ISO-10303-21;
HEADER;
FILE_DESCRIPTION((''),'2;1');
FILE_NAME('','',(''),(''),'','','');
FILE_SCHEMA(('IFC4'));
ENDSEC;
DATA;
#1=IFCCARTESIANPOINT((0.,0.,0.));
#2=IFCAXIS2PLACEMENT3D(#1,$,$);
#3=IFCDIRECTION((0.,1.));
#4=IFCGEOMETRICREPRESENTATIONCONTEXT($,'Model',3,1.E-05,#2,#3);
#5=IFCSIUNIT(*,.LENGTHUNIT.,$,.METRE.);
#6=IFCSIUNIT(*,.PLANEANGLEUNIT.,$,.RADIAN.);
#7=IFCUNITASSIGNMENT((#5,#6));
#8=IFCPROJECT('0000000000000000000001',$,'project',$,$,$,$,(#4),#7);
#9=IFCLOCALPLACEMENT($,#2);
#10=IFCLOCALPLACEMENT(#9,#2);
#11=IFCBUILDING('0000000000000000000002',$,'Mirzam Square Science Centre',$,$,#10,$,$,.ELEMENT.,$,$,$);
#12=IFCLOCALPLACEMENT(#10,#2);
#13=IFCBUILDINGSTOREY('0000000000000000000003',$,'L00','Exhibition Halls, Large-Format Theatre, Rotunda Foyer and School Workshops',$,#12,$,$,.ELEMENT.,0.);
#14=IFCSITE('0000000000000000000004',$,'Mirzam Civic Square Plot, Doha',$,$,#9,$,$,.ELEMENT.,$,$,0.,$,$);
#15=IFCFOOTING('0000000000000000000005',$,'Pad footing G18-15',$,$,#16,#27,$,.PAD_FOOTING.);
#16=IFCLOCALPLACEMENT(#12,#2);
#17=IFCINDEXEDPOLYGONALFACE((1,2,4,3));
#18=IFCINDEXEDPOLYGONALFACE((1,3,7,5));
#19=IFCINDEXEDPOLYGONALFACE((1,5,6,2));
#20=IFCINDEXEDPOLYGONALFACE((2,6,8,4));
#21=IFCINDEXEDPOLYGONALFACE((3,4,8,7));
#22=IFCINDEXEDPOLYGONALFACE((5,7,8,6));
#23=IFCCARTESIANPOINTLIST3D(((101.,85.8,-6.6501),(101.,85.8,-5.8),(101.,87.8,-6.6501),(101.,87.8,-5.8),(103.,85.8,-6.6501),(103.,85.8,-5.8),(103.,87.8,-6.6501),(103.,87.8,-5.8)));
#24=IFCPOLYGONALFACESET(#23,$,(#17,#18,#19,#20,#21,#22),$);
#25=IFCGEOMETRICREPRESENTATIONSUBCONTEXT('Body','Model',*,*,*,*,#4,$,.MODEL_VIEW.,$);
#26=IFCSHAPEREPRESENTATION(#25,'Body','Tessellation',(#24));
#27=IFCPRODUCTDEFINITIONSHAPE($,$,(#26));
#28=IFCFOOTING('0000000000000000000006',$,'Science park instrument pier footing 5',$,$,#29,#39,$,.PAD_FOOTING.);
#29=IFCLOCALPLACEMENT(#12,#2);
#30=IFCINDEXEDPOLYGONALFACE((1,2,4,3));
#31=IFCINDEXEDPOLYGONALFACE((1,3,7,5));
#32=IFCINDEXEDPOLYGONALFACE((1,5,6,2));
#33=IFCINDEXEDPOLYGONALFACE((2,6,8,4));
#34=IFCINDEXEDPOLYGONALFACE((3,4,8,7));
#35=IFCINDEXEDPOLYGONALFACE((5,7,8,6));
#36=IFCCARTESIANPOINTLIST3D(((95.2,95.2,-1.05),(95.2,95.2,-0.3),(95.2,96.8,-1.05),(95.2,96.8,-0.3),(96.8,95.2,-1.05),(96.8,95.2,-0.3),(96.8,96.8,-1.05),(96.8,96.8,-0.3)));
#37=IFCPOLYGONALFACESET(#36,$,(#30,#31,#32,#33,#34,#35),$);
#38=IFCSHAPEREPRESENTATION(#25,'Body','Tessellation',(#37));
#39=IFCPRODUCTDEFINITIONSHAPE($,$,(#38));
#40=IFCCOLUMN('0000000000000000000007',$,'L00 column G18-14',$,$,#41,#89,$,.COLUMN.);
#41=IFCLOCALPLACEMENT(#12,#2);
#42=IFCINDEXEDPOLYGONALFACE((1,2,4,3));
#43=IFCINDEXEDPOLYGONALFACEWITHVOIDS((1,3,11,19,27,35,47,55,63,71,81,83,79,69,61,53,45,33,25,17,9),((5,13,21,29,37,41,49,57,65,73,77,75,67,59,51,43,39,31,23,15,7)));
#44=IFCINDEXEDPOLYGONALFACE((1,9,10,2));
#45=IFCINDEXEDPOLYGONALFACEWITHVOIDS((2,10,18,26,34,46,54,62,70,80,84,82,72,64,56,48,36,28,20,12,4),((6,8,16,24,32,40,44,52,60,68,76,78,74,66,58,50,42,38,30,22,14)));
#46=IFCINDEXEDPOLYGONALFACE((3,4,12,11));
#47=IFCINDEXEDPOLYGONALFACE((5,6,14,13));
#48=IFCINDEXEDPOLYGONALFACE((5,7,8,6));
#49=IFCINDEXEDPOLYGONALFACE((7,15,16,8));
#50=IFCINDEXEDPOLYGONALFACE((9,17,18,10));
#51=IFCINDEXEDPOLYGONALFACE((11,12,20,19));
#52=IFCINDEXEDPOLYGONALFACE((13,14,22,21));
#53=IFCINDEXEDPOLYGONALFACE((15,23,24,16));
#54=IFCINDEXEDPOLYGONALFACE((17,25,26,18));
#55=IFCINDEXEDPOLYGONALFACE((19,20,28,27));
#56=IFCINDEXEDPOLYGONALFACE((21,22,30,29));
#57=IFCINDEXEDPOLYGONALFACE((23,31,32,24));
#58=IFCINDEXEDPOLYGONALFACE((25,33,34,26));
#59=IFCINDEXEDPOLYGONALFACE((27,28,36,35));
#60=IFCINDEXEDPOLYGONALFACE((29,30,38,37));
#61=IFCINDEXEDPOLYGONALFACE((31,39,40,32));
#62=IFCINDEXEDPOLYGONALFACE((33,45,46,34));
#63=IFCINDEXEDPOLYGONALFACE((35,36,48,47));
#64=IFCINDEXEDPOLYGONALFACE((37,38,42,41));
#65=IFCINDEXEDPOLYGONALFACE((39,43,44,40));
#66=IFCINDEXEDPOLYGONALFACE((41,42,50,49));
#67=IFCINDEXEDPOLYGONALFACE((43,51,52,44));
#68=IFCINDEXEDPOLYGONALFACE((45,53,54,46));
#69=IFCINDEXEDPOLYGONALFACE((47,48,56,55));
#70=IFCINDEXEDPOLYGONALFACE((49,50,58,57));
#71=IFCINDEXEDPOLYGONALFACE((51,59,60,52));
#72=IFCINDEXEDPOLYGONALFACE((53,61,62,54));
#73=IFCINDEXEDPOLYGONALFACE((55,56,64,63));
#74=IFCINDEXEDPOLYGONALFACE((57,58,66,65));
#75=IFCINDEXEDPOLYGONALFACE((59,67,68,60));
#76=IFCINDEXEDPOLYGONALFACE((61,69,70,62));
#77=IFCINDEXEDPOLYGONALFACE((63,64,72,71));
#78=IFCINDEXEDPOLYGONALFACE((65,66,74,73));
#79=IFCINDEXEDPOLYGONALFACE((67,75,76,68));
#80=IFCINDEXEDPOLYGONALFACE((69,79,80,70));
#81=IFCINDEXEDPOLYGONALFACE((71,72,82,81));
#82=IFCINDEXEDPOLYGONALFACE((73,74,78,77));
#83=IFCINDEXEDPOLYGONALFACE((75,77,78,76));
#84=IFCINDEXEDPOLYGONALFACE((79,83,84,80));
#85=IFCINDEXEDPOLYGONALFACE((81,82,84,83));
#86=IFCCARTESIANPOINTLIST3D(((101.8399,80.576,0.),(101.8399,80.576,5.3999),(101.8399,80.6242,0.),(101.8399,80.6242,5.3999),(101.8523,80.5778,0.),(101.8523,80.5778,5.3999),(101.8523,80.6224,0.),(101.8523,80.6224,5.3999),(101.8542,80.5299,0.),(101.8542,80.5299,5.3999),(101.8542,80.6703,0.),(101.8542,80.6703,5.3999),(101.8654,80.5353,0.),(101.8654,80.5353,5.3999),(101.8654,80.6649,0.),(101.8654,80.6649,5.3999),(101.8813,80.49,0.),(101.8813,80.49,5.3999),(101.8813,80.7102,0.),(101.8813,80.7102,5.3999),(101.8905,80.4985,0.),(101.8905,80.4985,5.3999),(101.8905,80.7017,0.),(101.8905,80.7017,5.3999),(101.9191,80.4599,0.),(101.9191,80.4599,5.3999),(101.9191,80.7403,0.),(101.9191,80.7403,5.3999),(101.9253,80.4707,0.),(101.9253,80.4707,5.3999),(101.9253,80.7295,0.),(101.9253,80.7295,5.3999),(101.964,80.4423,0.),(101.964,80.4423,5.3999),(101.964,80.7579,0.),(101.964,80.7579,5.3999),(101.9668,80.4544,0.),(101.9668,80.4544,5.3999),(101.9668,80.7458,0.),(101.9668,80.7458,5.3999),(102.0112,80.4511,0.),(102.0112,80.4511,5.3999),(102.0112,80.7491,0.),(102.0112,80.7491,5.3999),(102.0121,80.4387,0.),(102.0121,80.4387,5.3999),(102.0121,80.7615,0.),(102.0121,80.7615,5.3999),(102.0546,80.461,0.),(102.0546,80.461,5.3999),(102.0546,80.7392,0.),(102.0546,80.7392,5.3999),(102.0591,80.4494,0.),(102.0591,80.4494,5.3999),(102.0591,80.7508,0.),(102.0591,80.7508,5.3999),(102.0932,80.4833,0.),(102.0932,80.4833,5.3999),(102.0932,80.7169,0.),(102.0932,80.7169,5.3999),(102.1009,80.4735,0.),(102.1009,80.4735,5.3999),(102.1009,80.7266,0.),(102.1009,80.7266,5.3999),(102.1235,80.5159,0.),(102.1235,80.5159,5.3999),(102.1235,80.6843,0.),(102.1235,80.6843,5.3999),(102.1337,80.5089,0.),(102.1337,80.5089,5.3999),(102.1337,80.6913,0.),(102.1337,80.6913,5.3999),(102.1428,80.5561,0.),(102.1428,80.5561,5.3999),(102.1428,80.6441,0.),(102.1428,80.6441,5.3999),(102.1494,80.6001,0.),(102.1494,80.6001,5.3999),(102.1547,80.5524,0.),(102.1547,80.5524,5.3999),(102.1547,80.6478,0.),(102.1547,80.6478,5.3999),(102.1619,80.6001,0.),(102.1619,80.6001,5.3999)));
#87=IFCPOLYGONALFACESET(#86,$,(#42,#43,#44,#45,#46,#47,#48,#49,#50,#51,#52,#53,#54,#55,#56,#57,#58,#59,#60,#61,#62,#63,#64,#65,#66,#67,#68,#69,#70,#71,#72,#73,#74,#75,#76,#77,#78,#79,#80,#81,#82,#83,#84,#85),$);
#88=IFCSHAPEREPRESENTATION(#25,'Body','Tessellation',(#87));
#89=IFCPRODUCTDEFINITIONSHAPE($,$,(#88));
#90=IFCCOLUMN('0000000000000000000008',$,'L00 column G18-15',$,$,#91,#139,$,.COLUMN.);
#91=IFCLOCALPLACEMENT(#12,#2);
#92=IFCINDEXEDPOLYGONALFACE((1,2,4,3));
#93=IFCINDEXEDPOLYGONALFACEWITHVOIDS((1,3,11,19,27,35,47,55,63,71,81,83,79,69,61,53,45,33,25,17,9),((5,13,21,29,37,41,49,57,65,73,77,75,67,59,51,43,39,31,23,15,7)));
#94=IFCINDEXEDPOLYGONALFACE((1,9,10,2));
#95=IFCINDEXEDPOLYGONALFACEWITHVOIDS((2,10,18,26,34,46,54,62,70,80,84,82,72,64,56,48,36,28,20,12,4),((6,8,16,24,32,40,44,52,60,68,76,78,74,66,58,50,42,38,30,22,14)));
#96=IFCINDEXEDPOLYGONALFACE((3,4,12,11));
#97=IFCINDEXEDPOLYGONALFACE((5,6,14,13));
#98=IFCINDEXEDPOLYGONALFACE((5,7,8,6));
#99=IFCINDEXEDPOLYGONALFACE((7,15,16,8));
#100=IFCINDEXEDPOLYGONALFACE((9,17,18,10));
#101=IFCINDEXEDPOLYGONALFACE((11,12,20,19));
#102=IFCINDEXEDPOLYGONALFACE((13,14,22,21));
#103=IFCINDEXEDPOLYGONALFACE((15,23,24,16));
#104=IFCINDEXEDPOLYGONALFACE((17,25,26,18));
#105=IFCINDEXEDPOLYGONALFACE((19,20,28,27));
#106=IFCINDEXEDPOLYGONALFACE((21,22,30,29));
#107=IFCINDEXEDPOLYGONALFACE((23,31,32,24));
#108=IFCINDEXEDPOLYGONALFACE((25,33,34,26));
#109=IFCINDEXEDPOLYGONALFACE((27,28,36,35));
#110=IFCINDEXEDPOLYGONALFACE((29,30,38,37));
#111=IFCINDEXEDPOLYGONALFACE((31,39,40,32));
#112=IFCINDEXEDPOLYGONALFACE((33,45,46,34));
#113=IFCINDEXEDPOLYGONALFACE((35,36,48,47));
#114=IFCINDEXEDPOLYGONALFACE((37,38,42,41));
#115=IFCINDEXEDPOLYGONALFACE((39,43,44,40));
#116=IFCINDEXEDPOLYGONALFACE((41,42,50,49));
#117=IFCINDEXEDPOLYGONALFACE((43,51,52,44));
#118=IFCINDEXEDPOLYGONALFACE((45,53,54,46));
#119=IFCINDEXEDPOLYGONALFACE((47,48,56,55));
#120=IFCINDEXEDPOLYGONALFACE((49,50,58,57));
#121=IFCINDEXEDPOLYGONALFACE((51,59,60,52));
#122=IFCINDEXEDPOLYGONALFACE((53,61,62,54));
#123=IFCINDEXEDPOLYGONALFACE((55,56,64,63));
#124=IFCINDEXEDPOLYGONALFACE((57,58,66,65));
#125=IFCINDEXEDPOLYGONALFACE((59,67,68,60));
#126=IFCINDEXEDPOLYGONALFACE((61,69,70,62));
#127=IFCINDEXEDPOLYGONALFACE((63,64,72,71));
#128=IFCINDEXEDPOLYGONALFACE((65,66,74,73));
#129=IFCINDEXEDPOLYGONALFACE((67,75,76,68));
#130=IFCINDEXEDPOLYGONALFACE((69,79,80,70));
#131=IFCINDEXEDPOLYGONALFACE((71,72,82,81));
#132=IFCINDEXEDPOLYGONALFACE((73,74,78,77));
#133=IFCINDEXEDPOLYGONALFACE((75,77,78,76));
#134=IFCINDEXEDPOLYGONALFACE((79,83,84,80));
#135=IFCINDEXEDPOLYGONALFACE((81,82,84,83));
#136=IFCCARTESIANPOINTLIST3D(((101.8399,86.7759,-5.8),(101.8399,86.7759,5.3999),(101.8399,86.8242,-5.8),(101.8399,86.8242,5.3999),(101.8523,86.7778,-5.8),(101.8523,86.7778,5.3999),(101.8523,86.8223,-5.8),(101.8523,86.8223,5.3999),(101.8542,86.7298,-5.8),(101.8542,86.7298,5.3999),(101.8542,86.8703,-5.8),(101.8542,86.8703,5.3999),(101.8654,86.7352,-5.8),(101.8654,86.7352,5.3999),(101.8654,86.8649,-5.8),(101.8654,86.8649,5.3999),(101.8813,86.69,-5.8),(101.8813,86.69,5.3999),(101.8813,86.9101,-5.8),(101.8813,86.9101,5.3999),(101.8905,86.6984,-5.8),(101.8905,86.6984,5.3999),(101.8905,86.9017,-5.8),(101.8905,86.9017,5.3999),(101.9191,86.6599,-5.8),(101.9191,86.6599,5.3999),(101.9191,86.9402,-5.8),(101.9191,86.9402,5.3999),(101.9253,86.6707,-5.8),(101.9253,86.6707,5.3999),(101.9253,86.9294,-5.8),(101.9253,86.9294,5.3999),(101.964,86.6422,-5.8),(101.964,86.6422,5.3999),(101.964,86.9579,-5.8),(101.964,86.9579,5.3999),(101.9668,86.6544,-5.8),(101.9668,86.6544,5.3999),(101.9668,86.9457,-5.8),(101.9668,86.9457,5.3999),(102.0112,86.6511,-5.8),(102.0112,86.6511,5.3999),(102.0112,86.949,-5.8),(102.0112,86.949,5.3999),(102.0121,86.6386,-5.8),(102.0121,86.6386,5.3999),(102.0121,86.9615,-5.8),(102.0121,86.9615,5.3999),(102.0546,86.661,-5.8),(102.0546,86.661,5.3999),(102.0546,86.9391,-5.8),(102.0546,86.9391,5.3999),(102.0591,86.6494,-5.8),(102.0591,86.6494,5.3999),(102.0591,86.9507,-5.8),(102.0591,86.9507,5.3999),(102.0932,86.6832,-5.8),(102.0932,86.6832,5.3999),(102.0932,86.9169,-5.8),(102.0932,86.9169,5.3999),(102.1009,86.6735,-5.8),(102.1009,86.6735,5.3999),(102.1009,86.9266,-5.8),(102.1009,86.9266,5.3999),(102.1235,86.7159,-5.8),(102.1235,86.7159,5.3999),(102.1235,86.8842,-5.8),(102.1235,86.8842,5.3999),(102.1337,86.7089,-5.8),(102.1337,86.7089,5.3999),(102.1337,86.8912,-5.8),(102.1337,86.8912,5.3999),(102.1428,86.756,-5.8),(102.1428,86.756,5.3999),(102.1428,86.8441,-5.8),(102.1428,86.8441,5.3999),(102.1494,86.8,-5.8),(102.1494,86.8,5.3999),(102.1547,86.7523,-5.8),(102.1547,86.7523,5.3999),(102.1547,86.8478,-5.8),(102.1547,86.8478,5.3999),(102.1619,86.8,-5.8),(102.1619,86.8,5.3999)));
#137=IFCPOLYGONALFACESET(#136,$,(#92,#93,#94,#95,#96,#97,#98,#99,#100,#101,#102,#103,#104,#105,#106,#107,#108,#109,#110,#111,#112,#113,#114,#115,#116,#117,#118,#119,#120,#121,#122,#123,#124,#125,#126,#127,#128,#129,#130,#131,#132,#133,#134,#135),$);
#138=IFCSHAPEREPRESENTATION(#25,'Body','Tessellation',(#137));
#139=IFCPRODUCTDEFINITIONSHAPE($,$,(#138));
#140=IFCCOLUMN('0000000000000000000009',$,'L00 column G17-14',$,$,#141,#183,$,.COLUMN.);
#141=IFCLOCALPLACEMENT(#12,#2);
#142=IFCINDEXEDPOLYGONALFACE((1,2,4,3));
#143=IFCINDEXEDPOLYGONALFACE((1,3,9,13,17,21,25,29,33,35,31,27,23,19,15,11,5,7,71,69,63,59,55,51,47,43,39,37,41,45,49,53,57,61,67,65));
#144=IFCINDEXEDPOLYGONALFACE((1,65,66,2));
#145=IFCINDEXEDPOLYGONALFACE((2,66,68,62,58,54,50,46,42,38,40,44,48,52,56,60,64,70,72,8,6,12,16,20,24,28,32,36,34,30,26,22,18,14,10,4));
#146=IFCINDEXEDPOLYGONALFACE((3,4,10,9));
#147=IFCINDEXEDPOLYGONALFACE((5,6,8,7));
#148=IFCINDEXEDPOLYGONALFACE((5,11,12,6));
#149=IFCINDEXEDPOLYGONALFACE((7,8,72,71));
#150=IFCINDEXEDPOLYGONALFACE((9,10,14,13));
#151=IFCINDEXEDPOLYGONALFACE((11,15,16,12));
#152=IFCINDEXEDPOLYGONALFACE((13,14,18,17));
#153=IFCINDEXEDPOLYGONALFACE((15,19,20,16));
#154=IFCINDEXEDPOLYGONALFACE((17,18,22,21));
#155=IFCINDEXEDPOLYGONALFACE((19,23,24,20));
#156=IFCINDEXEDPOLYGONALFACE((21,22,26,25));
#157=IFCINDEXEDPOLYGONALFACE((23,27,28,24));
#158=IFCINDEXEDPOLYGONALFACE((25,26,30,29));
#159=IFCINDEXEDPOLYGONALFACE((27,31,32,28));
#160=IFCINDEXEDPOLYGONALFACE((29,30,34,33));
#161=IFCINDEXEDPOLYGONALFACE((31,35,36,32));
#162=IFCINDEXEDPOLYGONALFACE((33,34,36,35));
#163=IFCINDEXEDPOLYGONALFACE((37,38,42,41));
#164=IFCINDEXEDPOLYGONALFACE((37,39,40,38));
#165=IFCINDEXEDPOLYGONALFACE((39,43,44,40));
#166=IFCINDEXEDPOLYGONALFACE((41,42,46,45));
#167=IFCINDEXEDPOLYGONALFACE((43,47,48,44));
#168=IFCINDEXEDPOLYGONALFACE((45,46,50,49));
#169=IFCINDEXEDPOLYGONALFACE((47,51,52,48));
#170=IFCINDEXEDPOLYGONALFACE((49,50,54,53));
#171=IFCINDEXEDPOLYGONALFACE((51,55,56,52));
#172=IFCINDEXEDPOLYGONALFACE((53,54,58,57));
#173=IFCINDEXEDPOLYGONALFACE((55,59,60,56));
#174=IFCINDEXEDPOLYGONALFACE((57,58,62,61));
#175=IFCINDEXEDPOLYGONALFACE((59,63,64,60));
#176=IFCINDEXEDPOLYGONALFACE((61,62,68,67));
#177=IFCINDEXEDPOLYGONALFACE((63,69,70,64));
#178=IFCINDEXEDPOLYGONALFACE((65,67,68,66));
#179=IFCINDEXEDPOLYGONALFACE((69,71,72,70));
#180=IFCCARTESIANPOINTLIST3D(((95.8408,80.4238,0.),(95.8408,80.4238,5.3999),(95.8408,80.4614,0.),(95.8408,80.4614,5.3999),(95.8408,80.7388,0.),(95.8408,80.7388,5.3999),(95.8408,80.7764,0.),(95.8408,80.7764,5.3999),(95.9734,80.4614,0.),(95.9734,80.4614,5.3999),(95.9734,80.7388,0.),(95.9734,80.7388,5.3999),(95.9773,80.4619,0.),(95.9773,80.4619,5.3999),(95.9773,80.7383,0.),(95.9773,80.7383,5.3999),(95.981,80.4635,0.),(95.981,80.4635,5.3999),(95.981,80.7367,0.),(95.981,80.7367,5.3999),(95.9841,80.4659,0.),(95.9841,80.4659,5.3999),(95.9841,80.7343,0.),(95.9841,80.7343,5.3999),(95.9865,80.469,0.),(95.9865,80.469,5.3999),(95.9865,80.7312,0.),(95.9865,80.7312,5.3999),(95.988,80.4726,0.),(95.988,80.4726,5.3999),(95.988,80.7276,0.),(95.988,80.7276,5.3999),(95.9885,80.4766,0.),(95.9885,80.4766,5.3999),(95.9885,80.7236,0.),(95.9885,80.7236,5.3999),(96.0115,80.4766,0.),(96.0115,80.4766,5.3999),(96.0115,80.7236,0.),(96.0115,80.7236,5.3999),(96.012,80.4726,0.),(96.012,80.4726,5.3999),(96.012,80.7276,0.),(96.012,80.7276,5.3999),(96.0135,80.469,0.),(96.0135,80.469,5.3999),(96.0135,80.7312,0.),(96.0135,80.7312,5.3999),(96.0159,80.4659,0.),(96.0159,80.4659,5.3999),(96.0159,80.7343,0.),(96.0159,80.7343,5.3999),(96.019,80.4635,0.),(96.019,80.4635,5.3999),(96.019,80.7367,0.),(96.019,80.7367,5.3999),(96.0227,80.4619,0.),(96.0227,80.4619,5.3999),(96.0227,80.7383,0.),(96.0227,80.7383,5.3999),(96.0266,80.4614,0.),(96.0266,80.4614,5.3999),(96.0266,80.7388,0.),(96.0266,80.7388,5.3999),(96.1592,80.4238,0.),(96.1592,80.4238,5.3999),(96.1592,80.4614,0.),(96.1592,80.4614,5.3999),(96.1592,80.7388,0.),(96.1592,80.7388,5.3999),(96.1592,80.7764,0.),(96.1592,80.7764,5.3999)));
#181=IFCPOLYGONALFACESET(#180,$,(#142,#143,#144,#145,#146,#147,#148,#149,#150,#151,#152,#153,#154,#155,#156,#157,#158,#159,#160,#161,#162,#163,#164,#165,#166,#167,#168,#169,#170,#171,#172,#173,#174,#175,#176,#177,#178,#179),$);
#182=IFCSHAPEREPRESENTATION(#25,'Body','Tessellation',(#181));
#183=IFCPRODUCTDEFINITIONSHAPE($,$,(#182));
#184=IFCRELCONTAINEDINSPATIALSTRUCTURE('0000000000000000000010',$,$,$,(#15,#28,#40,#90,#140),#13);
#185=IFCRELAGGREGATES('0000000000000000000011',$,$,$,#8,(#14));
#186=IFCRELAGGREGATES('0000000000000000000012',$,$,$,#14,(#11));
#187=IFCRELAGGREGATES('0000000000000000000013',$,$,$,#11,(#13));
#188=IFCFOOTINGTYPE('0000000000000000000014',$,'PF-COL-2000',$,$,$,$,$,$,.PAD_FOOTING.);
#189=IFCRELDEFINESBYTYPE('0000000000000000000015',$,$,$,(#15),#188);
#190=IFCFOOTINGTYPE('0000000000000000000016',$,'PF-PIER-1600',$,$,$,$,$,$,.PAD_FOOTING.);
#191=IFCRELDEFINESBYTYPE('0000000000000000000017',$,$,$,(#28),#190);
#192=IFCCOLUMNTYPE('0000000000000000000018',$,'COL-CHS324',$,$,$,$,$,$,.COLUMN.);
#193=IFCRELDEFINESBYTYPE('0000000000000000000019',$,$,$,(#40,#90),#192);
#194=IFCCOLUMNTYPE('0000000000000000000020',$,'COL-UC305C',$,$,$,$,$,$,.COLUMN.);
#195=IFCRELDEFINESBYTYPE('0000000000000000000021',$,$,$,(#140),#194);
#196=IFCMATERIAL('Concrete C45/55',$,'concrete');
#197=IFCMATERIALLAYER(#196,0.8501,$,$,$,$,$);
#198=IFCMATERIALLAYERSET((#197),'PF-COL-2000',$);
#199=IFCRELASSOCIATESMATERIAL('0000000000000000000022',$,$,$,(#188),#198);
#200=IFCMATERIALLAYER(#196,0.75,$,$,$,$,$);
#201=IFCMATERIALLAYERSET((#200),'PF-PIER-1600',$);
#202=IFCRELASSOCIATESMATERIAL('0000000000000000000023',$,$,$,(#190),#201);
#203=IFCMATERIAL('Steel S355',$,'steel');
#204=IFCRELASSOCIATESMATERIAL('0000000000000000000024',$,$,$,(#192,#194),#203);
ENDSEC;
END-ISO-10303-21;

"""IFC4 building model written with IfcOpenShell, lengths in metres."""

from ifc_helpers import new_model, si_unit, direction, frame, origin, origin_2d, place, context, subcontext, project, spatial, rectangle, hollow_circle, i_section, extrude, material, layer, layer_set, material_profile, profile_set, type_object, element, save


model = new_model("IFC4")

# Units and contexts
model_context = context("Model", 3, precision=1e-05, world=origin(), true_north=direction((0.0, 1.0)))
body_context = subcontext(model_context, "Body", "Model", "MODEL_VIEW")
ifc_project = project(units=[si_unit("LENGTHUNIT", "METRE"), si_unit("PLANEANGLEUNIT", "RADIAN")], contexts=[model_context])

# Site, building, storey
site_placement = place(None, origin())
site = spatial("IfcSite", under=ifc_project, at=site_placement, Name="Mirzam Civic Square Plot, Doha", CompositionType="ELEMENT", RefElevation=0.0)
building_placement = place(site_placement, origin())
building = spatial("IfcBuilding", under=site, at=building_placement, Name="Mirzam Square Science Centre", CompositionType="ELEMENT")
storey_placement = place(building_placement, origin())
storey = spatial("IfcBuildingStorey", under=building, at=storey_placement, Name="L00", Description="Exhibition Halls, Large-Format Theatre, Rotunda Foyer and School Workshops", CompositionType="ELEMENT", Elevation=0.0)

# Footings
ifc_material_1 = material(Name="Concrete C45/55", Category="concrete")
ifc_layer_1 = layer(ifc_material_1, 0.8501)
ifc_layer_set_1 = layer_set([ifc_layer_1], Name="PF-COL-2000")
footing_type_1 = type_object("IfcFootingType", Name="PF-COL-2000", PredefinedType="PAD_FOOTING", material=ifc_layer_set_1)
footing_1_placement = place(storey_placement, frame((102.0, 86.8, -6.6501), z_axis=(0.0, 0.0, 1.0), x_axis=(1.0, 0.0, 0.0)))
element("IfcFooting", 1, at=footing_1_placement, inside=storey, type_object=footing_type_1, Name="Pad footing G18-15", PredefinedType="PAD_FOOTING", context=body_context, shape_type="SweptSolid", body=[
    extrude(rectangle(XDim=2.0, YDim=2.0, at=origin_2d()), origin(), (0.0, 0.0, 1.0), 0.8501),
])
ifc_layer_2 = layer(ifc_material_1, 0.75)
ifc_layer_set_2 = layer_set([ifc_layer_2], Name="PF-PIER-1600")
footing_type_2 = type_object("IfcFootingType", Name="PF-PIER-1600", PredefinedType="PAD_FOOTING", material=ifc_layer_set_2)
footing_2_placement = place(storey_placement, frame((96.0, 96.0, -1.05), z_axis=(0.0, 0.0, 1.0), x_axis=(1.0, 0.0, 0.0)))
element("IfcFooting", 2, at=footing_2_placement, inside=storey, type_object=footing_type_2, Name="Science park instrument pier footing 5", PredefinedType="PAD_FOOTING", context=body_context, shape_type="SweptSolid", body=[
    extrude(rectangle(XDim=1.6001, YDim=1.6001, at=origin_2d()), origin(), (0.0, 0.0, 1.0), 0.75),
])

# Columns
ifc_material_2 = material(Name="Steel S355", Category="steel")
ifc_material_profile_1 = material_profile(ifc_material_2, hollow_circle(Radius=0.1619, WallThickness=0.0125, at=origin_2d()), Name="323.9x12.5CHS")
ifc_profile_set_1 = profile_set([ifc_material_profile_1], Name="Steel S355")
column_type_1 = type_object("IfcColumnType", Name="COL-CHS324", PredefinedType="COLUMN", material=ifc_profile_set_1)
column_1_placement = place(storey_placement, frame((102.0, 80.6001, 0.0), z_axis=(0.0, 0.0, 1.0), x_axis=(1.0, 0.0, 0.0)))
element("IfcColumn", 3, at=column_1_placement, inside=storey, type_object=column_type_1, Name="L00 column G18-14", PredefinedType="COLUMN", context=body_context, shape_type="SweptSolid", body=[
    extrude(hollow_circle(Radius=0.1619, WallThickness=0.0125, at=origin_2d()), origin(), (0.0, 0.0, 1.0), 5.3999),
])
column_2_placement = place(storey_placement, frame((102.0, 86.8, -5.8), z_axis=(0.0, 0.0, 1.0), x_axis=(1.0, 0.0, 0.0)))
element("IfcColumn", 4, at=column_2_placement, inside=storey, type_object=column_type_1, Name="L00 column G18-15", PredefinedType="COLUMN", context=body_context, shape_type="SweptSolid", body=[
    extrude(hollow_circle(Radius=0.1619, WallThickness=0.0125, at=origin_2d()), origin(), (0.0, 0.0, 1.0), 11.2),
])
ifc_material_profile_2 = material_profile(ifc_material_2, i_section(OverallWidth=0.3184, OverallDepth=0.3525, WebThickness=0.0229, FlangeThickness=0.0376, FilletRadius=0.0151, at=origin_2d()), Name="305x305x240UC")
ifc_profile_set_2 = profile_set([ifc_material_profile_2], Name="Steel S355")
column_type_2 = type_object("IfcColumnType", Name="COL-UC305C", PredefinedType="COLUMN", material=ifc_profile_set_2)
column_3_placement = place(storey_placement, frame((96.0, 80.6001, 0.0), z_axis=(0.0, 0.0, 1.0), x_axis=(1.0, 0.0, 0.0)))
element("IfcColumn", 5, at=column_3_placement, inside=storey, type_object=column_type_2, Name="L00 column G17-14", PredefinedType="COLUMN", context=body_context, shape_type="SweptSolid", body=[
    extrude(i_section(OverallWidth=0.3184, OverallDepth=0.3525, WebThickness=0.0229, FlangeThickness=0.0376, FilletRadius=0.0151, at=origin_2d()), origin(), (0.0, 0.0, 1.0), 5.3999),
])

save(model, "model.ifc")
